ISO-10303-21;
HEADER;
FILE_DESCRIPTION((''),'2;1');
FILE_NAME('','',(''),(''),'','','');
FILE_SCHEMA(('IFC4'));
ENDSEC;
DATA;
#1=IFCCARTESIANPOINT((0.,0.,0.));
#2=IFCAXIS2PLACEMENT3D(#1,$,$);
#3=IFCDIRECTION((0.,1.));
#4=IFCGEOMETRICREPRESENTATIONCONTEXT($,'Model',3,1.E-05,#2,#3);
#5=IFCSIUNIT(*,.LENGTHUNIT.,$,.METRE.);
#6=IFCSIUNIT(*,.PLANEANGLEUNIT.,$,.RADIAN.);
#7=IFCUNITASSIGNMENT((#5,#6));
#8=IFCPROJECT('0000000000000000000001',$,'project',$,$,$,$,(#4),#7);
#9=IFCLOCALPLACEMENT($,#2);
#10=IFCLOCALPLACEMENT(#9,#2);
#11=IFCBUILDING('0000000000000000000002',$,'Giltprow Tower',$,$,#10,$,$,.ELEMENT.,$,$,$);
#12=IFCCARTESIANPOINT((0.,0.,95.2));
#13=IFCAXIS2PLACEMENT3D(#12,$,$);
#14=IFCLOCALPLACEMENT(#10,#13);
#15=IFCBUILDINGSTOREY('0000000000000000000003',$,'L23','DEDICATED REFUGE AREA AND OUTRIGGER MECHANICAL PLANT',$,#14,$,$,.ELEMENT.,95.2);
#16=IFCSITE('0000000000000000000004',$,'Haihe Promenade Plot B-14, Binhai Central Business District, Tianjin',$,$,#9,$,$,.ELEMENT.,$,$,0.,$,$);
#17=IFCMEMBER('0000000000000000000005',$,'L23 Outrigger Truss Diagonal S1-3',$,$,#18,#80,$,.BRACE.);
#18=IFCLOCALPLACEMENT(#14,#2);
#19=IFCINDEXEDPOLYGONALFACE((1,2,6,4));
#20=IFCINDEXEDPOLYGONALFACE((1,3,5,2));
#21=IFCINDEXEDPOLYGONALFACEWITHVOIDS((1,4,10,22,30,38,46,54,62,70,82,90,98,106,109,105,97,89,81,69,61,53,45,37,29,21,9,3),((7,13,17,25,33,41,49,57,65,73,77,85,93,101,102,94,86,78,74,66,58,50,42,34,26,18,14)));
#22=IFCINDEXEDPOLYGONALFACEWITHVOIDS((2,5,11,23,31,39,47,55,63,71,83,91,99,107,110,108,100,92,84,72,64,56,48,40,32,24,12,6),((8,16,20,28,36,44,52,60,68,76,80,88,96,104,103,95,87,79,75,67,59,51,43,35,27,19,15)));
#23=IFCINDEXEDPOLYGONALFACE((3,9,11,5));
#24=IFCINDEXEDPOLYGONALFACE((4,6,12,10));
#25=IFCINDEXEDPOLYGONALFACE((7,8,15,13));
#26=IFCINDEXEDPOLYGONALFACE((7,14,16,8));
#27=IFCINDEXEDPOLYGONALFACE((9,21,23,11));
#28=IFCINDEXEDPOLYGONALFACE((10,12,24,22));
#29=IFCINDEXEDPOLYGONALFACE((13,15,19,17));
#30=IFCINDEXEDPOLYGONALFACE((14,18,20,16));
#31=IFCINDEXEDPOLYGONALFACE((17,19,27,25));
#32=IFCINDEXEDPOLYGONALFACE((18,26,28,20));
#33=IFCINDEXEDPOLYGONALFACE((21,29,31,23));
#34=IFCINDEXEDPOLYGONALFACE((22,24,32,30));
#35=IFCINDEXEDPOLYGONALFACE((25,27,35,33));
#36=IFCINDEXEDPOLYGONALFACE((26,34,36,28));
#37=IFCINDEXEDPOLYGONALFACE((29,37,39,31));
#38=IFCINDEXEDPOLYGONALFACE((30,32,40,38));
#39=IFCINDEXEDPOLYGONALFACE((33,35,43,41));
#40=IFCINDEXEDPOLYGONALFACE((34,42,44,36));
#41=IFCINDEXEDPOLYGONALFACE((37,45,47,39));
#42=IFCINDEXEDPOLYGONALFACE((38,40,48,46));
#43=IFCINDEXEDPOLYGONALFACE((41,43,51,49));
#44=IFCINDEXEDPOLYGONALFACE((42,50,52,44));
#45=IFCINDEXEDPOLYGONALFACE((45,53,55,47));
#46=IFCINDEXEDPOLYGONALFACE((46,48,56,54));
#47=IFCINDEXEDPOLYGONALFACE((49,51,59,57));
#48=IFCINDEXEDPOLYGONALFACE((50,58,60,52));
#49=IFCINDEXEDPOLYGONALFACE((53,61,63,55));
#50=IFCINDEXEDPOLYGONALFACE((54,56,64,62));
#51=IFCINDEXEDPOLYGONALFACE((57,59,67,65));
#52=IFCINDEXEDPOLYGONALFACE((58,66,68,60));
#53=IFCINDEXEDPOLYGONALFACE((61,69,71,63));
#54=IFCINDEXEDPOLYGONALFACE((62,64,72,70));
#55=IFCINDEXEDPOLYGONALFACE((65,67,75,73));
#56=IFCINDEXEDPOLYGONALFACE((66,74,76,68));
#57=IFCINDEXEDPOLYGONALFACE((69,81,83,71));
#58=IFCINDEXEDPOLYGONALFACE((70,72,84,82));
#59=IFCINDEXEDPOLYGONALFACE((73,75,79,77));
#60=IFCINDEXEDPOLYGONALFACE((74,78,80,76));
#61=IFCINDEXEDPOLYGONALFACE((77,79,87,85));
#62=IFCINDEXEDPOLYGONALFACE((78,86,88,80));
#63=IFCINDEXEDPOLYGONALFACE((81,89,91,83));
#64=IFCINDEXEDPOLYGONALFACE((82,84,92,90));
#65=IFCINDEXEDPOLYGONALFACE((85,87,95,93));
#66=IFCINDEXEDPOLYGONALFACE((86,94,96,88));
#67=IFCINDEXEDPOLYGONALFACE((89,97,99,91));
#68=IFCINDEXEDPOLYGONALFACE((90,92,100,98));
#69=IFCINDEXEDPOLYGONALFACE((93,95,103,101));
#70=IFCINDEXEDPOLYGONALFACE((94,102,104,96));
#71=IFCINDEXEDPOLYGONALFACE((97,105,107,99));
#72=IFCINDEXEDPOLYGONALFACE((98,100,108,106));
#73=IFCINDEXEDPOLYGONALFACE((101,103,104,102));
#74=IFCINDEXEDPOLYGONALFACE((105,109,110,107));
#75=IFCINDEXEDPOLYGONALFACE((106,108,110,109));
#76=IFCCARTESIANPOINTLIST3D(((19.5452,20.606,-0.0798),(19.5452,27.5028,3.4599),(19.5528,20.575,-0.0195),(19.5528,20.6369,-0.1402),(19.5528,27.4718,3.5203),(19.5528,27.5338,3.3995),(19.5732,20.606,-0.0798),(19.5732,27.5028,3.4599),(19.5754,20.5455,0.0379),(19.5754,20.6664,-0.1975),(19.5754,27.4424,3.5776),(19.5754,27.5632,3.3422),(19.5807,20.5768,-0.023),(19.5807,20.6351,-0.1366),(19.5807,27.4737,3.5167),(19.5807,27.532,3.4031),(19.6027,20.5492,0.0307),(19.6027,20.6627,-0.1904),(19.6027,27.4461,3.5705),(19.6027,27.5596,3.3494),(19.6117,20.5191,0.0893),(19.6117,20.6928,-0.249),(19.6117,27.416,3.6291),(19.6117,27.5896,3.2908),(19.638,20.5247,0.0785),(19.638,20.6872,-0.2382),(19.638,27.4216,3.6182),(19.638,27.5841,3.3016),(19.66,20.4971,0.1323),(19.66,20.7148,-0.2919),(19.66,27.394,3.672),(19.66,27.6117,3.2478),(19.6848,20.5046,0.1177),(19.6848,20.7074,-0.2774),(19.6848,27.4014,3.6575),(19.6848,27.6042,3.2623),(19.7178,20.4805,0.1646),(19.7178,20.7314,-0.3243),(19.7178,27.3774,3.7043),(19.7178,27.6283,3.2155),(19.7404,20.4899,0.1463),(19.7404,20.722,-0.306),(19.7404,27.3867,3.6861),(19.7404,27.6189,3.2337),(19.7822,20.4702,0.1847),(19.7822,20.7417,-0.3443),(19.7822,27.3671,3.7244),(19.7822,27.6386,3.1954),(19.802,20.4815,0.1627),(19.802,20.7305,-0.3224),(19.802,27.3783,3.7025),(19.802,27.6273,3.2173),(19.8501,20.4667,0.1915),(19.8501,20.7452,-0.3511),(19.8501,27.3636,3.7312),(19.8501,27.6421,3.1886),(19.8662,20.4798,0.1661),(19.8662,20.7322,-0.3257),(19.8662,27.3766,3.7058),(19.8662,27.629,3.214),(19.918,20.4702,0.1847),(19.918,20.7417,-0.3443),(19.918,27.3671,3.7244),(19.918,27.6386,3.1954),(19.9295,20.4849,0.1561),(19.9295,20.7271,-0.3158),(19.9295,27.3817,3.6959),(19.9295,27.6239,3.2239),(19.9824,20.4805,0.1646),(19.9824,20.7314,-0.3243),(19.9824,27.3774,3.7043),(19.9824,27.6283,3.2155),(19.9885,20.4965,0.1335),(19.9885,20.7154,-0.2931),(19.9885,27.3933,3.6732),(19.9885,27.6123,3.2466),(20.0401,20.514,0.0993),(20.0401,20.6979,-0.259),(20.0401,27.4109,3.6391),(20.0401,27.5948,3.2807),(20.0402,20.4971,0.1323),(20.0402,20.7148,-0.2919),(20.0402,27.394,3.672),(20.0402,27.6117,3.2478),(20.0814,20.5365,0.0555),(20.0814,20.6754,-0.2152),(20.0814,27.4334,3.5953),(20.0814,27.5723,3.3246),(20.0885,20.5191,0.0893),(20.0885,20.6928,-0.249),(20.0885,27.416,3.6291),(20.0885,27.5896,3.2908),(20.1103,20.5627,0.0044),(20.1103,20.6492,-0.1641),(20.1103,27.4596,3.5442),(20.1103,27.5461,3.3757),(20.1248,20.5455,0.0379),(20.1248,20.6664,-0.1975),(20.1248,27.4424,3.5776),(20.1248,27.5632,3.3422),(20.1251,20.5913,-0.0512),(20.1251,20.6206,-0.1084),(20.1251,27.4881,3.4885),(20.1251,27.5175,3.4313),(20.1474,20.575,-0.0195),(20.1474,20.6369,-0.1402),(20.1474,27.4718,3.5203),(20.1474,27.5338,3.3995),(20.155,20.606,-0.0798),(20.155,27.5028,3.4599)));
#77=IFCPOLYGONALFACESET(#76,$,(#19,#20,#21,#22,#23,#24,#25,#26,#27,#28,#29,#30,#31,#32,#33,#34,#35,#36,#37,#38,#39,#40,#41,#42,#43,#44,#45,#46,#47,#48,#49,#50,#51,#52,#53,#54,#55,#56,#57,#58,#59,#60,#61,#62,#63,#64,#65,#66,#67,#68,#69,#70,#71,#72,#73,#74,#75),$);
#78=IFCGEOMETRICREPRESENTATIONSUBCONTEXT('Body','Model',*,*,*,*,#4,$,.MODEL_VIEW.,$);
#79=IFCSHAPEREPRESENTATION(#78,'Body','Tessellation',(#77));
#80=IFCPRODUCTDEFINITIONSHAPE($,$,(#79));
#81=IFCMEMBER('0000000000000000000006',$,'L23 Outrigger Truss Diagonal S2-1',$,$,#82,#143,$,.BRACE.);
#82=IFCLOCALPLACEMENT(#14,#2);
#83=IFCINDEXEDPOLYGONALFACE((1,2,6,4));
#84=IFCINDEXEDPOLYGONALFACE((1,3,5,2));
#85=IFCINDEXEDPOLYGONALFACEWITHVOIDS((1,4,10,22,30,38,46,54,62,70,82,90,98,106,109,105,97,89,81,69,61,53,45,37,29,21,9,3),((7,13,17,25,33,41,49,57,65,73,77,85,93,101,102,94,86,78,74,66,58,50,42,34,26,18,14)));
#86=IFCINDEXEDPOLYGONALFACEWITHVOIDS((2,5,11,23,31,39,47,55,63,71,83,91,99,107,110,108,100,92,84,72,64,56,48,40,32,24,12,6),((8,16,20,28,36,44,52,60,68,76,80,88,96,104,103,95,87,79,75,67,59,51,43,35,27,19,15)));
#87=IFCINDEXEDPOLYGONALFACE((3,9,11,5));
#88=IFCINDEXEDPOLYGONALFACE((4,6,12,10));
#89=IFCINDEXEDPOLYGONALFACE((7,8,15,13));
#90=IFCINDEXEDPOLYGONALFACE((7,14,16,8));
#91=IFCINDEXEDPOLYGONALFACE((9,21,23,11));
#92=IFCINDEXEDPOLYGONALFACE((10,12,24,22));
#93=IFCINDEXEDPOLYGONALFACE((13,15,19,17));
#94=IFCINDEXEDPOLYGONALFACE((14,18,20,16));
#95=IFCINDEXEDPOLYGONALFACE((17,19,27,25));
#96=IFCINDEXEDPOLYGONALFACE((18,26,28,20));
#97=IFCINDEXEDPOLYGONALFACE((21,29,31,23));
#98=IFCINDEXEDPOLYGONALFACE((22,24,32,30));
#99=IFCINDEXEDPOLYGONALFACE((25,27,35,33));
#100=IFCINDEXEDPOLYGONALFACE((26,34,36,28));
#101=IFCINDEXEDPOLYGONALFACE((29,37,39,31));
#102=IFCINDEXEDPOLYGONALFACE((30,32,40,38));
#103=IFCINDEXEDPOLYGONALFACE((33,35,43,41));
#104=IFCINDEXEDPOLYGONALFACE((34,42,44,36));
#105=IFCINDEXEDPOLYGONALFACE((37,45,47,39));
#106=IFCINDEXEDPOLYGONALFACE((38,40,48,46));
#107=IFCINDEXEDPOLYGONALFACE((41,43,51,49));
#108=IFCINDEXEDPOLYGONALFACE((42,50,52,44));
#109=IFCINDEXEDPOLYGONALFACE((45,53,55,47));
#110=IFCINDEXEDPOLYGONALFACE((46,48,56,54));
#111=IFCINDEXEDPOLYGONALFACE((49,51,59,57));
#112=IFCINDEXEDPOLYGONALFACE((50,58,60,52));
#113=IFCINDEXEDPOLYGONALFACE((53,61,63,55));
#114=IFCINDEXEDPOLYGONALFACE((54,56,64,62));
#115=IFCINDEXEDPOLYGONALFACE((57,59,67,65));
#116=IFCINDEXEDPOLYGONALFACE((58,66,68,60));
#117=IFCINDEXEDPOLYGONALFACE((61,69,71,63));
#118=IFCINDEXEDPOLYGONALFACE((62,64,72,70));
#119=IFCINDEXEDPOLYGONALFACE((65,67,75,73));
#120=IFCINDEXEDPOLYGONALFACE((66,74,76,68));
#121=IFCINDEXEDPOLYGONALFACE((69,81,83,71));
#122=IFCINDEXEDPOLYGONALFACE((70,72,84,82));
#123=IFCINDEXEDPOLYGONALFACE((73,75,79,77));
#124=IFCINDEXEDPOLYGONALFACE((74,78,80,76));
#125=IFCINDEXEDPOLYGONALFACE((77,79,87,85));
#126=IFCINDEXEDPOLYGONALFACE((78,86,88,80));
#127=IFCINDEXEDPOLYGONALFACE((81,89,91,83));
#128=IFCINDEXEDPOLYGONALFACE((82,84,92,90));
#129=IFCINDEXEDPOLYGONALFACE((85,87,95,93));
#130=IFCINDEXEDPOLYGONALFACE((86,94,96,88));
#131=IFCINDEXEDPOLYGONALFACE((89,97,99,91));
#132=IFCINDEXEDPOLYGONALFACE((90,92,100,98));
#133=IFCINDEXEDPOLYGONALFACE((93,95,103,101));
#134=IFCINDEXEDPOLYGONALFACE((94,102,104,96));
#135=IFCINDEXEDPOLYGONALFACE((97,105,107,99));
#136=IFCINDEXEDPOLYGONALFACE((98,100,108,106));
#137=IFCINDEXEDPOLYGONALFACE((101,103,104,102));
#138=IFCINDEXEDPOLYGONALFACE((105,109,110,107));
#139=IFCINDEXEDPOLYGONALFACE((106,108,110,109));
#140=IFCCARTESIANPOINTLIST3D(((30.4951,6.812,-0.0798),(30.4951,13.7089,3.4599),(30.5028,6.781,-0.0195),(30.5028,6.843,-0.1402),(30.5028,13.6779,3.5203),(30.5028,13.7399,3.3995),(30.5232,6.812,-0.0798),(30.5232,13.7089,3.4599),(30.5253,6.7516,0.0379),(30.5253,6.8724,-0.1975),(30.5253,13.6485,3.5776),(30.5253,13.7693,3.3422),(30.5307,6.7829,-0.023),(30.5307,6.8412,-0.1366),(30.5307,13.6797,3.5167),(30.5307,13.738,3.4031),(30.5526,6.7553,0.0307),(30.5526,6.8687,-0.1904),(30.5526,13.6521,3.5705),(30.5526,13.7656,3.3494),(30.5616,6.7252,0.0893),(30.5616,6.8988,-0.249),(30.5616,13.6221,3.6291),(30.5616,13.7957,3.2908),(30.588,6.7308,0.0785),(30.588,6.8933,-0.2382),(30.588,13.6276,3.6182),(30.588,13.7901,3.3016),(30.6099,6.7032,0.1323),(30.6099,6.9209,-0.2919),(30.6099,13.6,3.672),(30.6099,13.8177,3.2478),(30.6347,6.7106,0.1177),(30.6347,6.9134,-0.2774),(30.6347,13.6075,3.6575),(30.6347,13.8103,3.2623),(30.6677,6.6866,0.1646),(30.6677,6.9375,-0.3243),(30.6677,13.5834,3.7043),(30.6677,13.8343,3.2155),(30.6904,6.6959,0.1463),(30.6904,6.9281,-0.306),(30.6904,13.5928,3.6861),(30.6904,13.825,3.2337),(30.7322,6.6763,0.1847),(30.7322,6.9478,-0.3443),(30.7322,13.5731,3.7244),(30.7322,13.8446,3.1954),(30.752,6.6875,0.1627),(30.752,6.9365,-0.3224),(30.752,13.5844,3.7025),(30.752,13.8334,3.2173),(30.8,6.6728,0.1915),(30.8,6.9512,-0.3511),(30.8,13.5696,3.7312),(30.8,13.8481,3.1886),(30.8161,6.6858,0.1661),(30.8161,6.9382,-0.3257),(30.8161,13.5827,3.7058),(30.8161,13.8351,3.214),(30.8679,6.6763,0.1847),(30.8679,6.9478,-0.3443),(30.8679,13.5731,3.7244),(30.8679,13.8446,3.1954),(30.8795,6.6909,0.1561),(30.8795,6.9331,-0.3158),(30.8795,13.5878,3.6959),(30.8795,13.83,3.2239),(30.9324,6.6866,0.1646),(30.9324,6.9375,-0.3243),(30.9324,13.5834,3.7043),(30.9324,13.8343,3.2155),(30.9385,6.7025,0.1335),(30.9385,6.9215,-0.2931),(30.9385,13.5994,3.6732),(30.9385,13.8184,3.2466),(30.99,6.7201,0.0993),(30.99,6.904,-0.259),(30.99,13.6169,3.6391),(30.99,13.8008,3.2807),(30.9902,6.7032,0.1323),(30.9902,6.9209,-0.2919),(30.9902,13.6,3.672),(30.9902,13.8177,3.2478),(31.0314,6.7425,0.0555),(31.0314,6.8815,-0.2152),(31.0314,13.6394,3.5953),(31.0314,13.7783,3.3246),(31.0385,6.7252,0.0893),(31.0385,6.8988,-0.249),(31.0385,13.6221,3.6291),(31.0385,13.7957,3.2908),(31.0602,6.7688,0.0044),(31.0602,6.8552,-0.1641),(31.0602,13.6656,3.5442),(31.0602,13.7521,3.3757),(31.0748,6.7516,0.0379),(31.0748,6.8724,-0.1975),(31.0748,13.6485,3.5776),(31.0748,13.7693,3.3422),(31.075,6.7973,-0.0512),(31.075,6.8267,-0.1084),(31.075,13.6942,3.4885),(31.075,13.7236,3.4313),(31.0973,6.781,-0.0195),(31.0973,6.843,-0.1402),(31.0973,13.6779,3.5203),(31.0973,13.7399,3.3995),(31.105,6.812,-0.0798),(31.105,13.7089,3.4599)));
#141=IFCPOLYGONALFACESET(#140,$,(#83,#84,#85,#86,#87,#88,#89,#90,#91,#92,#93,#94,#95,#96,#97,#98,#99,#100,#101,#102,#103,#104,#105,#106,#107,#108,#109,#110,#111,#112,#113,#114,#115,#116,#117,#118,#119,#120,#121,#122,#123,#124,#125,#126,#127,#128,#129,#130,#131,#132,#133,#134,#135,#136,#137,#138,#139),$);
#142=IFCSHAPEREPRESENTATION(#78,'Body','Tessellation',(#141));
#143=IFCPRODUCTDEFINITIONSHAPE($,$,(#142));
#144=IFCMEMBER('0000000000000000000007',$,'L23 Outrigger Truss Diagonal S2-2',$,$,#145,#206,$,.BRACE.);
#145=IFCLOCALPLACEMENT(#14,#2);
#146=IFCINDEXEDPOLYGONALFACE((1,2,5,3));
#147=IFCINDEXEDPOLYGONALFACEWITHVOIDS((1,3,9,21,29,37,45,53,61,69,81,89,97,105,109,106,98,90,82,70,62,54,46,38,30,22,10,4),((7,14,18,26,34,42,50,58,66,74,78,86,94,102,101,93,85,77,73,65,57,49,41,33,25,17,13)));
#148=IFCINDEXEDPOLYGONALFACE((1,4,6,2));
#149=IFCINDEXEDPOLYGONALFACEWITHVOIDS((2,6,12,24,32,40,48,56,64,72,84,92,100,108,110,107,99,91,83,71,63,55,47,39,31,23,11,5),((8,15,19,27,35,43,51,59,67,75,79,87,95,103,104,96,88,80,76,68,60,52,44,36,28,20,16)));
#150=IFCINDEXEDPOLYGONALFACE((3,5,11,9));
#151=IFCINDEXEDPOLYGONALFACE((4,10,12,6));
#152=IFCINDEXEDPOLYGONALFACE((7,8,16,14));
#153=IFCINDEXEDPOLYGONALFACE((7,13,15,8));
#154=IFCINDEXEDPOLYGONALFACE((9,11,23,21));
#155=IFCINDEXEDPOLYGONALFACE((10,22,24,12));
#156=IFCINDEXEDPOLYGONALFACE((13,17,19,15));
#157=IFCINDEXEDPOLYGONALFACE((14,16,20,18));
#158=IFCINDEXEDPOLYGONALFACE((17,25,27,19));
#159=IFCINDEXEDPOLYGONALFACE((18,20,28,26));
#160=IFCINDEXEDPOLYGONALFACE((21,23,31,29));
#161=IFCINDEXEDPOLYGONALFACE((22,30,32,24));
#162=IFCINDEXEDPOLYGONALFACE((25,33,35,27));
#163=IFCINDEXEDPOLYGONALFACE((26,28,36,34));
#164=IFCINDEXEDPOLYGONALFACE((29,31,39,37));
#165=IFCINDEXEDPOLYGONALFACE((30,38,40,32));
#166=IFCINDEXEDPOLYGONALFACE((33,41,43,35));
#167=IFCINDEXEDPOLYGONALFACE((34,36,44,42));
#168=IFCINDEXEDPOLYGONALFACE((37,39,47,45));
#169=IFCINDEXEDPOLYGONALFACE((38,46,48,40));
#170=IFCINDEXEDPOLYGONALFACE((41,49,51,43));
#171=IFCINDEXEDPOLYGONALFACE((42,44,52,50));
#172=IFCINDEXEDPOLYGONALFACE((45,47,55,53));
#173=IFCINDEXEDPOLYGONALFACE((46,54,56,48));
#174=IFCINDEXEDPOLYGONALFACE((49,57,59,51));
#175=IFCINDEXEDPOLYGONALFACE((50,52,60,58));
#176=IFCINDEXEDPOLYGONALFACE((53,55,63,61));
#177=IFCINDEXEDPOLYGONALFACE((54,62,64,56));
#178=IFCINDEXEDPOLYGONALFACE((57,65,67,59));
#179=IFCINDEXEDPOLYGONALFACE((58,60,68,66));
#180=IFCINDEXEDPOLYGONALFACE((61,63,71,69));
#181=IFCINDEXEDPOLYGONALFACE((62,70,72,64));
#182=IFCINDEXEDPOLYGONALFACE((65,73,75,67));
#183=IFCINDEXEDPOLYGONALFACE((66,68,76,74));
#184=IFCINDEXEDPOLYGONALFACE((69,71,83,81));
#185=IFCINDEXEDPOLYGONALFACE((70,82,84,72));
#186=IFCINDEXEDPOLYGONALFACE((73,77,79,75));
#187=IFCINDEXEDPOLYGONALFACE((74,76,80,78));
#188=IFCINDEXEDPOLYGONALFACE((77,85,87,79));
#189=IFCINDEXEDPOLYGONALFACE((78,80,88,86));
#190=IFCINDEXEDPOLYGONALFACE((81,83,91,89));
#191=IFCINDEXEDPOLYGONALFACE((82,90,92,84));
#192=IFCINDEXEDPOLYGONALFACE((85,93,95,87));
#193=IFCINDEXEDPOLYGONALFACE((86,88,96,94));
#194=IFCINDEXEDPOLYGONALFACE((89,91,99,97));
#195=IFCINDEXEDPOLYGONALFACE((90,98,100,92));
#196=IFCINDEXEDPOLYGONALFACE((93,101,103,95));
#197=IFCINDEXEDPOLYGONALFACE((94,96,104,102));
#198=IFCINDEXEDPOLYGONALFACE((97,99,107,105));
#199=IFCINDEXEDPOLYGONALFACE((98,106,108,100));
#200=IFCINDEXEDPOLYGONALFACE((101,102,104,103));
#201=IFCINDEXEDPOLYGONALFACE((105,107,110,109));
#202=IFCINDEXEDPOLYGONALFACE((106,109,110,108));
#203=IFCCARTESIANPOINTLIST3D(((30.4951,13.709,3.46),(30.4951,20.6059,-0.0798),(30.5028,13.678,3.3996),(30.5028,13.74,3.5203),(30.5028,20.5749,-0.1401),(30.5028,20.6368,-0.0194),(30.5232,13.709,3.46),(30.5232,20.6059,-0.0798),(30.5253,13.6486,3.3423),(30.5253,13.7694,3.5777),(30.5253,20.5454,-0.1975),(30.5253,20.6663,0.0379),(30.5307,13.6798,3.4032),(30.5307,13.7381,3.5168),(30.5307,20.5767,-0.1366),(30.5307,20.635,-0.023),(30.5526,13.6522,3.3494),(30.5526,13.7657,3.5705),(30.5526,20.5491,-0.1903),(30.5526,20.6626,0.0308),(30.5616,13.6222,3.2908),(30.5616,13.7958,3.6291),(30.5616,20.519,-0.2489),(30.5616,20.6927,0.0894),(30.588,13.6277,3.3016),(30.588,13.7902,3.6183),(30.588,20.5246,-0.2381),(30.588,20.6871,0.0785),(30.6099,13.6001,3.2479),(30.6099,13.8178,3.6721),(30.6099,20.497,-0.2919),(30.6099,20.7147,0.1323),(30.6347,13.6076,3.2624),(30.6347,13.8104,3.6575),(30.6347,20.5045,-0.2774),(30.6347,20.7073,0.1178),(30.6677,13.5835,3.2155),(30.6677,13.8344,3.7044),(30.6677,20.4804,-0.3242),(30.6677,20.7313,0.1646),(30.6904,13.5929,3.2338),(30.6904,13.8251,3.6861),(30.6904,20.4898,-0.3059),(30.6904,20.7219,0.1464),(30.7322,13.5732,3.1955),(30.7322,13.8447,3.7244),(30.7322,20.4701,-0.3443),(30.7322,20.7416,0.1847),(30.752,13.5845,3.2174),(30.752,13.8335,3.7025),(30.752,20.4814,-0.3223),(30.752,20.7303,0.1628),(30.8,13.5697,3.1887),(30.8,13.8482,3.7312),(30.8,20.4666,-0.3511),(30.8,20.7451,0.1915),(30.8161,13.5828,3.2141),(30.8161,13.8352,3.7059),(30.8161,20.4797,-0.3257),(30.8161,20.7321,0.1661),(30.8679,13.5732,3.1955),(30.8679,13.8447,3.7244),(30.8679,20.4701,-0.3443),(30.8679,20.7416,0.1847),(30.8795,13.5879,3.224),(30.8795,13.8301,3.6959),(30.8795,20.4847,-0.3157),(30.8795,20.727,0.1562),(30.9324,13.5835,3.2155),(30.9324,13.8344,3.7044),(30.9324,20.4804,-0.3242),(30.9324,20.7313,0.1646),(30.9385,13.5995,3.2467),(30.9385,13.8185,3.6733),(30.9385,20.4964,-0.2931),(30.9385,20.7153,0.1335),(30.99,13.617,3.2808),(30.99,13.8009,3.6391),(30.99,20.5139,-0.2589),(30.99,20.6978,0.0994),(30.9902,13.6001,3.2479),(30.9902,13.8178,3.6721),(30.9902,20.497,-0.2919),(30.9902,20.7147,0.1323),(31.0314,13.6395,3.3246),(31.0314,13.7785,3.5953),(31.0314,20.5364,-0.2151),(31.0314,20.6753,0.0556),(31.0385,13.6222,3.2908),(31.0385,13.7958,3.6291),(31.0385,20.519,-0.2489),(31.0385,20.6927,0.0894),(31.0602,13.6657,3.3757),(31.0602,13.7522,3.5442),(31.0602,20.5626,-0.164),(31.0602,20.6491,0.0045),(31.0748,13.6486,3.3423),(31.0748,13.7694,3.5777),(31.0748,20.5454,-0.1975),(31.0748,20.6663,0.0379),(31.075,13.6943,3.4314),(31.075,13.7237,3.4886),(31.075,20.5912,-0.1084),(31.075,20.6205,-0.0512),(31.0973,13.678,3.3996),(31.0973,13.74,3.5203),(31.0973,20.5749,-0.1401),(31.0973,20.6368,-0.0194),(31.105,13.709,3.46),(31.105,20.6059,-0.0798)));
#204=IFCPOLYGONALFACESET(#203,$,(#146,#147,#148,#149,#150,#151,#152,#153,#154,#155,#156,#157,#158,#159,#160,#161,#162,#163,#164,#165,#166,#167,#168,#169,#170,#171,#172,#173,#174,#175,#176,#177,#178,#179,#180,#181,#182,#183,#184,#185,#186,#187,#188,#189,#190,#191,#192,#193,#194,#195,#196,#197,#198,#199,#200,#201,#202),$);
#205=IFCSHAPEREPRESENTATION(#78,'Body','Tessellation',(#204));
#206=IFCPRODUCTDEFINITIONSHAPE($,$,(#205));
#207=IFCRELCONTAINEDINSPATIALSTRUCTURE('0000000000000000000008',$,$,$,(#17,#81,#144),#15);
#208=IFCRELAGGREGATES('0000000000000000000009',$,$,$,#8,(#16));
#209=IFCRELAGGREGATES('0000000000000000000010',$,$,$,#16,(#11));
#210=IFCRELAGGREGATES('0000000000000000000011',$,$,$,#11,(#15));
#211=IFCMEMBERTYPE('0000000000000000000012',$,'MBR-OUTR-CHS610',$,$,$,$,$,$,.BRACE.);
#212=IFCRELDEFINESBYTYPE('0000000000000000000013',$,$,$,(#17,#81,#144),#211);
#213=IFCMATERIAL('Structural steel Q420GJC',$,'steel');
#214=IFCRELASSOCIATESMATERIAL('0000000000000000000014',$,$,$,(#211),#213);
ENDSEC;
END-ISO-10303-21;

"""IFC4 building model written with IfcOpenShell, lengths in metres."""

from ifc_helpers import new_model, si_unit, direction, frame, origin, origin_2d, place, context, subcontext, project, spatial, hollow_circle, extrude, source, transform, mapped, material, material_profile, profile_set, type_object, element, save


model = new_model("IFC4")

# Units and contexts
model_context = context("Model", 3, precision=1e-05, world=origin(), true_north=direction((0.0, 1.0)))
body_context = subcontext(model_context, "Body", "Model", "MODEL_VIEW")
ifc_project = project(units=[si_unit("LENGTHUNIT", "METRE"), si_unit("PLANEANGLEUNIT", "RADIAN")], contexts=[model_context])

# Site, building, storey
site_placement = place(None, origin())
site = spatial("IfcSite", under=ifc_project, at=site_placement, Name="Haihe Promenade Plot B-14, Binhai Central Business District, Tianjin", CompositionType="ELEMENT", RefElevation=0.0)
building_placement = place(site_placement, origin())
building = spatial("IfcBuilding", under=site, at=building_placement, Name="Giltprow Tower", CompositionType="ELEMENT")
storey_placement = place(building_placement, frame((0.0, 0.0, 95.2)))
storey = spatial("IfcBuildingStorey", under=building, at=storey_placement, Name="L23", Description="DEDICATED REFUGE AREA AND OUTRIGGER MECHANICAL PLANT", CompositionType="ELEMENT", Elevation=95.2)

# Shared definitions
ifc_material_1 = material(Name="Structural steel Q420GJC", Category="steel")

# Members
ifc_material_profile_1 = material_profile(ifc_material_1, hollow_circle(Radius=0.3049, WallThickness=0.0281, at=origin_2d()), Name="CHS 610x28")
ifc_profile_set_1 = profile_set([ifc_material_profile_1], Name="Structural steel Q420GJC")
member_type_1 = type_object("IfcMemberType", Name="MBR-OUTR-CHS610", PredefinedType="BRACE", material=ifc_profile_set_1)
shared_shape_1 = source(origin(), body_context, "Body", "SweptSolid", [
    extrude(hollow_circle(Radius=0.3049, WallThickness=0.0281, at=origin_2d()), origin(), (0.0, 0.0, 1.0), 7.7522),
])
for number, where, z_axis, x_axis, name in (
    (1, (19.8501, 20.606, -0.0798), (0.0, 0.889666, 0.456611), (-1.0, 0.0, 0.0), "L23 Outrigger Truss Diagonal S1-3"),
    (2, (30.8, 6.812, -0.0798), (0.0, 0.889666, 0.456611), (-1.0, 0.0, 0.0), "L23 Outrigger Truss Diagonal S2-1"),
    (3, (30.8, 13.709, 3.46), (0.0, 0.889666, -0.456611), (-1.0, 0.0, 0.0), "L23 Outrigger Truss Diagonal S2-2"),
):
    element("IfcMember", number, at=place(storey_placement, frame(where, z_axis=z_axis, x_axis=x_axis)), inside=storey, type_object=member_type_1, Name=name, PredefinedType="BRACE", context=body_context, shape_type="MappedRepresentation", body=[
        mapped(shared_shape_1, transform((0.0, 0.0, 0.0), x_axis=(1.0, 0.0, 0.0), y_axis=(0.0, 1.0, 0.0), z_axis=(0.0, 0.0, 1.0), scale=1.0)),
    ])

save(model, "model.ifc")
